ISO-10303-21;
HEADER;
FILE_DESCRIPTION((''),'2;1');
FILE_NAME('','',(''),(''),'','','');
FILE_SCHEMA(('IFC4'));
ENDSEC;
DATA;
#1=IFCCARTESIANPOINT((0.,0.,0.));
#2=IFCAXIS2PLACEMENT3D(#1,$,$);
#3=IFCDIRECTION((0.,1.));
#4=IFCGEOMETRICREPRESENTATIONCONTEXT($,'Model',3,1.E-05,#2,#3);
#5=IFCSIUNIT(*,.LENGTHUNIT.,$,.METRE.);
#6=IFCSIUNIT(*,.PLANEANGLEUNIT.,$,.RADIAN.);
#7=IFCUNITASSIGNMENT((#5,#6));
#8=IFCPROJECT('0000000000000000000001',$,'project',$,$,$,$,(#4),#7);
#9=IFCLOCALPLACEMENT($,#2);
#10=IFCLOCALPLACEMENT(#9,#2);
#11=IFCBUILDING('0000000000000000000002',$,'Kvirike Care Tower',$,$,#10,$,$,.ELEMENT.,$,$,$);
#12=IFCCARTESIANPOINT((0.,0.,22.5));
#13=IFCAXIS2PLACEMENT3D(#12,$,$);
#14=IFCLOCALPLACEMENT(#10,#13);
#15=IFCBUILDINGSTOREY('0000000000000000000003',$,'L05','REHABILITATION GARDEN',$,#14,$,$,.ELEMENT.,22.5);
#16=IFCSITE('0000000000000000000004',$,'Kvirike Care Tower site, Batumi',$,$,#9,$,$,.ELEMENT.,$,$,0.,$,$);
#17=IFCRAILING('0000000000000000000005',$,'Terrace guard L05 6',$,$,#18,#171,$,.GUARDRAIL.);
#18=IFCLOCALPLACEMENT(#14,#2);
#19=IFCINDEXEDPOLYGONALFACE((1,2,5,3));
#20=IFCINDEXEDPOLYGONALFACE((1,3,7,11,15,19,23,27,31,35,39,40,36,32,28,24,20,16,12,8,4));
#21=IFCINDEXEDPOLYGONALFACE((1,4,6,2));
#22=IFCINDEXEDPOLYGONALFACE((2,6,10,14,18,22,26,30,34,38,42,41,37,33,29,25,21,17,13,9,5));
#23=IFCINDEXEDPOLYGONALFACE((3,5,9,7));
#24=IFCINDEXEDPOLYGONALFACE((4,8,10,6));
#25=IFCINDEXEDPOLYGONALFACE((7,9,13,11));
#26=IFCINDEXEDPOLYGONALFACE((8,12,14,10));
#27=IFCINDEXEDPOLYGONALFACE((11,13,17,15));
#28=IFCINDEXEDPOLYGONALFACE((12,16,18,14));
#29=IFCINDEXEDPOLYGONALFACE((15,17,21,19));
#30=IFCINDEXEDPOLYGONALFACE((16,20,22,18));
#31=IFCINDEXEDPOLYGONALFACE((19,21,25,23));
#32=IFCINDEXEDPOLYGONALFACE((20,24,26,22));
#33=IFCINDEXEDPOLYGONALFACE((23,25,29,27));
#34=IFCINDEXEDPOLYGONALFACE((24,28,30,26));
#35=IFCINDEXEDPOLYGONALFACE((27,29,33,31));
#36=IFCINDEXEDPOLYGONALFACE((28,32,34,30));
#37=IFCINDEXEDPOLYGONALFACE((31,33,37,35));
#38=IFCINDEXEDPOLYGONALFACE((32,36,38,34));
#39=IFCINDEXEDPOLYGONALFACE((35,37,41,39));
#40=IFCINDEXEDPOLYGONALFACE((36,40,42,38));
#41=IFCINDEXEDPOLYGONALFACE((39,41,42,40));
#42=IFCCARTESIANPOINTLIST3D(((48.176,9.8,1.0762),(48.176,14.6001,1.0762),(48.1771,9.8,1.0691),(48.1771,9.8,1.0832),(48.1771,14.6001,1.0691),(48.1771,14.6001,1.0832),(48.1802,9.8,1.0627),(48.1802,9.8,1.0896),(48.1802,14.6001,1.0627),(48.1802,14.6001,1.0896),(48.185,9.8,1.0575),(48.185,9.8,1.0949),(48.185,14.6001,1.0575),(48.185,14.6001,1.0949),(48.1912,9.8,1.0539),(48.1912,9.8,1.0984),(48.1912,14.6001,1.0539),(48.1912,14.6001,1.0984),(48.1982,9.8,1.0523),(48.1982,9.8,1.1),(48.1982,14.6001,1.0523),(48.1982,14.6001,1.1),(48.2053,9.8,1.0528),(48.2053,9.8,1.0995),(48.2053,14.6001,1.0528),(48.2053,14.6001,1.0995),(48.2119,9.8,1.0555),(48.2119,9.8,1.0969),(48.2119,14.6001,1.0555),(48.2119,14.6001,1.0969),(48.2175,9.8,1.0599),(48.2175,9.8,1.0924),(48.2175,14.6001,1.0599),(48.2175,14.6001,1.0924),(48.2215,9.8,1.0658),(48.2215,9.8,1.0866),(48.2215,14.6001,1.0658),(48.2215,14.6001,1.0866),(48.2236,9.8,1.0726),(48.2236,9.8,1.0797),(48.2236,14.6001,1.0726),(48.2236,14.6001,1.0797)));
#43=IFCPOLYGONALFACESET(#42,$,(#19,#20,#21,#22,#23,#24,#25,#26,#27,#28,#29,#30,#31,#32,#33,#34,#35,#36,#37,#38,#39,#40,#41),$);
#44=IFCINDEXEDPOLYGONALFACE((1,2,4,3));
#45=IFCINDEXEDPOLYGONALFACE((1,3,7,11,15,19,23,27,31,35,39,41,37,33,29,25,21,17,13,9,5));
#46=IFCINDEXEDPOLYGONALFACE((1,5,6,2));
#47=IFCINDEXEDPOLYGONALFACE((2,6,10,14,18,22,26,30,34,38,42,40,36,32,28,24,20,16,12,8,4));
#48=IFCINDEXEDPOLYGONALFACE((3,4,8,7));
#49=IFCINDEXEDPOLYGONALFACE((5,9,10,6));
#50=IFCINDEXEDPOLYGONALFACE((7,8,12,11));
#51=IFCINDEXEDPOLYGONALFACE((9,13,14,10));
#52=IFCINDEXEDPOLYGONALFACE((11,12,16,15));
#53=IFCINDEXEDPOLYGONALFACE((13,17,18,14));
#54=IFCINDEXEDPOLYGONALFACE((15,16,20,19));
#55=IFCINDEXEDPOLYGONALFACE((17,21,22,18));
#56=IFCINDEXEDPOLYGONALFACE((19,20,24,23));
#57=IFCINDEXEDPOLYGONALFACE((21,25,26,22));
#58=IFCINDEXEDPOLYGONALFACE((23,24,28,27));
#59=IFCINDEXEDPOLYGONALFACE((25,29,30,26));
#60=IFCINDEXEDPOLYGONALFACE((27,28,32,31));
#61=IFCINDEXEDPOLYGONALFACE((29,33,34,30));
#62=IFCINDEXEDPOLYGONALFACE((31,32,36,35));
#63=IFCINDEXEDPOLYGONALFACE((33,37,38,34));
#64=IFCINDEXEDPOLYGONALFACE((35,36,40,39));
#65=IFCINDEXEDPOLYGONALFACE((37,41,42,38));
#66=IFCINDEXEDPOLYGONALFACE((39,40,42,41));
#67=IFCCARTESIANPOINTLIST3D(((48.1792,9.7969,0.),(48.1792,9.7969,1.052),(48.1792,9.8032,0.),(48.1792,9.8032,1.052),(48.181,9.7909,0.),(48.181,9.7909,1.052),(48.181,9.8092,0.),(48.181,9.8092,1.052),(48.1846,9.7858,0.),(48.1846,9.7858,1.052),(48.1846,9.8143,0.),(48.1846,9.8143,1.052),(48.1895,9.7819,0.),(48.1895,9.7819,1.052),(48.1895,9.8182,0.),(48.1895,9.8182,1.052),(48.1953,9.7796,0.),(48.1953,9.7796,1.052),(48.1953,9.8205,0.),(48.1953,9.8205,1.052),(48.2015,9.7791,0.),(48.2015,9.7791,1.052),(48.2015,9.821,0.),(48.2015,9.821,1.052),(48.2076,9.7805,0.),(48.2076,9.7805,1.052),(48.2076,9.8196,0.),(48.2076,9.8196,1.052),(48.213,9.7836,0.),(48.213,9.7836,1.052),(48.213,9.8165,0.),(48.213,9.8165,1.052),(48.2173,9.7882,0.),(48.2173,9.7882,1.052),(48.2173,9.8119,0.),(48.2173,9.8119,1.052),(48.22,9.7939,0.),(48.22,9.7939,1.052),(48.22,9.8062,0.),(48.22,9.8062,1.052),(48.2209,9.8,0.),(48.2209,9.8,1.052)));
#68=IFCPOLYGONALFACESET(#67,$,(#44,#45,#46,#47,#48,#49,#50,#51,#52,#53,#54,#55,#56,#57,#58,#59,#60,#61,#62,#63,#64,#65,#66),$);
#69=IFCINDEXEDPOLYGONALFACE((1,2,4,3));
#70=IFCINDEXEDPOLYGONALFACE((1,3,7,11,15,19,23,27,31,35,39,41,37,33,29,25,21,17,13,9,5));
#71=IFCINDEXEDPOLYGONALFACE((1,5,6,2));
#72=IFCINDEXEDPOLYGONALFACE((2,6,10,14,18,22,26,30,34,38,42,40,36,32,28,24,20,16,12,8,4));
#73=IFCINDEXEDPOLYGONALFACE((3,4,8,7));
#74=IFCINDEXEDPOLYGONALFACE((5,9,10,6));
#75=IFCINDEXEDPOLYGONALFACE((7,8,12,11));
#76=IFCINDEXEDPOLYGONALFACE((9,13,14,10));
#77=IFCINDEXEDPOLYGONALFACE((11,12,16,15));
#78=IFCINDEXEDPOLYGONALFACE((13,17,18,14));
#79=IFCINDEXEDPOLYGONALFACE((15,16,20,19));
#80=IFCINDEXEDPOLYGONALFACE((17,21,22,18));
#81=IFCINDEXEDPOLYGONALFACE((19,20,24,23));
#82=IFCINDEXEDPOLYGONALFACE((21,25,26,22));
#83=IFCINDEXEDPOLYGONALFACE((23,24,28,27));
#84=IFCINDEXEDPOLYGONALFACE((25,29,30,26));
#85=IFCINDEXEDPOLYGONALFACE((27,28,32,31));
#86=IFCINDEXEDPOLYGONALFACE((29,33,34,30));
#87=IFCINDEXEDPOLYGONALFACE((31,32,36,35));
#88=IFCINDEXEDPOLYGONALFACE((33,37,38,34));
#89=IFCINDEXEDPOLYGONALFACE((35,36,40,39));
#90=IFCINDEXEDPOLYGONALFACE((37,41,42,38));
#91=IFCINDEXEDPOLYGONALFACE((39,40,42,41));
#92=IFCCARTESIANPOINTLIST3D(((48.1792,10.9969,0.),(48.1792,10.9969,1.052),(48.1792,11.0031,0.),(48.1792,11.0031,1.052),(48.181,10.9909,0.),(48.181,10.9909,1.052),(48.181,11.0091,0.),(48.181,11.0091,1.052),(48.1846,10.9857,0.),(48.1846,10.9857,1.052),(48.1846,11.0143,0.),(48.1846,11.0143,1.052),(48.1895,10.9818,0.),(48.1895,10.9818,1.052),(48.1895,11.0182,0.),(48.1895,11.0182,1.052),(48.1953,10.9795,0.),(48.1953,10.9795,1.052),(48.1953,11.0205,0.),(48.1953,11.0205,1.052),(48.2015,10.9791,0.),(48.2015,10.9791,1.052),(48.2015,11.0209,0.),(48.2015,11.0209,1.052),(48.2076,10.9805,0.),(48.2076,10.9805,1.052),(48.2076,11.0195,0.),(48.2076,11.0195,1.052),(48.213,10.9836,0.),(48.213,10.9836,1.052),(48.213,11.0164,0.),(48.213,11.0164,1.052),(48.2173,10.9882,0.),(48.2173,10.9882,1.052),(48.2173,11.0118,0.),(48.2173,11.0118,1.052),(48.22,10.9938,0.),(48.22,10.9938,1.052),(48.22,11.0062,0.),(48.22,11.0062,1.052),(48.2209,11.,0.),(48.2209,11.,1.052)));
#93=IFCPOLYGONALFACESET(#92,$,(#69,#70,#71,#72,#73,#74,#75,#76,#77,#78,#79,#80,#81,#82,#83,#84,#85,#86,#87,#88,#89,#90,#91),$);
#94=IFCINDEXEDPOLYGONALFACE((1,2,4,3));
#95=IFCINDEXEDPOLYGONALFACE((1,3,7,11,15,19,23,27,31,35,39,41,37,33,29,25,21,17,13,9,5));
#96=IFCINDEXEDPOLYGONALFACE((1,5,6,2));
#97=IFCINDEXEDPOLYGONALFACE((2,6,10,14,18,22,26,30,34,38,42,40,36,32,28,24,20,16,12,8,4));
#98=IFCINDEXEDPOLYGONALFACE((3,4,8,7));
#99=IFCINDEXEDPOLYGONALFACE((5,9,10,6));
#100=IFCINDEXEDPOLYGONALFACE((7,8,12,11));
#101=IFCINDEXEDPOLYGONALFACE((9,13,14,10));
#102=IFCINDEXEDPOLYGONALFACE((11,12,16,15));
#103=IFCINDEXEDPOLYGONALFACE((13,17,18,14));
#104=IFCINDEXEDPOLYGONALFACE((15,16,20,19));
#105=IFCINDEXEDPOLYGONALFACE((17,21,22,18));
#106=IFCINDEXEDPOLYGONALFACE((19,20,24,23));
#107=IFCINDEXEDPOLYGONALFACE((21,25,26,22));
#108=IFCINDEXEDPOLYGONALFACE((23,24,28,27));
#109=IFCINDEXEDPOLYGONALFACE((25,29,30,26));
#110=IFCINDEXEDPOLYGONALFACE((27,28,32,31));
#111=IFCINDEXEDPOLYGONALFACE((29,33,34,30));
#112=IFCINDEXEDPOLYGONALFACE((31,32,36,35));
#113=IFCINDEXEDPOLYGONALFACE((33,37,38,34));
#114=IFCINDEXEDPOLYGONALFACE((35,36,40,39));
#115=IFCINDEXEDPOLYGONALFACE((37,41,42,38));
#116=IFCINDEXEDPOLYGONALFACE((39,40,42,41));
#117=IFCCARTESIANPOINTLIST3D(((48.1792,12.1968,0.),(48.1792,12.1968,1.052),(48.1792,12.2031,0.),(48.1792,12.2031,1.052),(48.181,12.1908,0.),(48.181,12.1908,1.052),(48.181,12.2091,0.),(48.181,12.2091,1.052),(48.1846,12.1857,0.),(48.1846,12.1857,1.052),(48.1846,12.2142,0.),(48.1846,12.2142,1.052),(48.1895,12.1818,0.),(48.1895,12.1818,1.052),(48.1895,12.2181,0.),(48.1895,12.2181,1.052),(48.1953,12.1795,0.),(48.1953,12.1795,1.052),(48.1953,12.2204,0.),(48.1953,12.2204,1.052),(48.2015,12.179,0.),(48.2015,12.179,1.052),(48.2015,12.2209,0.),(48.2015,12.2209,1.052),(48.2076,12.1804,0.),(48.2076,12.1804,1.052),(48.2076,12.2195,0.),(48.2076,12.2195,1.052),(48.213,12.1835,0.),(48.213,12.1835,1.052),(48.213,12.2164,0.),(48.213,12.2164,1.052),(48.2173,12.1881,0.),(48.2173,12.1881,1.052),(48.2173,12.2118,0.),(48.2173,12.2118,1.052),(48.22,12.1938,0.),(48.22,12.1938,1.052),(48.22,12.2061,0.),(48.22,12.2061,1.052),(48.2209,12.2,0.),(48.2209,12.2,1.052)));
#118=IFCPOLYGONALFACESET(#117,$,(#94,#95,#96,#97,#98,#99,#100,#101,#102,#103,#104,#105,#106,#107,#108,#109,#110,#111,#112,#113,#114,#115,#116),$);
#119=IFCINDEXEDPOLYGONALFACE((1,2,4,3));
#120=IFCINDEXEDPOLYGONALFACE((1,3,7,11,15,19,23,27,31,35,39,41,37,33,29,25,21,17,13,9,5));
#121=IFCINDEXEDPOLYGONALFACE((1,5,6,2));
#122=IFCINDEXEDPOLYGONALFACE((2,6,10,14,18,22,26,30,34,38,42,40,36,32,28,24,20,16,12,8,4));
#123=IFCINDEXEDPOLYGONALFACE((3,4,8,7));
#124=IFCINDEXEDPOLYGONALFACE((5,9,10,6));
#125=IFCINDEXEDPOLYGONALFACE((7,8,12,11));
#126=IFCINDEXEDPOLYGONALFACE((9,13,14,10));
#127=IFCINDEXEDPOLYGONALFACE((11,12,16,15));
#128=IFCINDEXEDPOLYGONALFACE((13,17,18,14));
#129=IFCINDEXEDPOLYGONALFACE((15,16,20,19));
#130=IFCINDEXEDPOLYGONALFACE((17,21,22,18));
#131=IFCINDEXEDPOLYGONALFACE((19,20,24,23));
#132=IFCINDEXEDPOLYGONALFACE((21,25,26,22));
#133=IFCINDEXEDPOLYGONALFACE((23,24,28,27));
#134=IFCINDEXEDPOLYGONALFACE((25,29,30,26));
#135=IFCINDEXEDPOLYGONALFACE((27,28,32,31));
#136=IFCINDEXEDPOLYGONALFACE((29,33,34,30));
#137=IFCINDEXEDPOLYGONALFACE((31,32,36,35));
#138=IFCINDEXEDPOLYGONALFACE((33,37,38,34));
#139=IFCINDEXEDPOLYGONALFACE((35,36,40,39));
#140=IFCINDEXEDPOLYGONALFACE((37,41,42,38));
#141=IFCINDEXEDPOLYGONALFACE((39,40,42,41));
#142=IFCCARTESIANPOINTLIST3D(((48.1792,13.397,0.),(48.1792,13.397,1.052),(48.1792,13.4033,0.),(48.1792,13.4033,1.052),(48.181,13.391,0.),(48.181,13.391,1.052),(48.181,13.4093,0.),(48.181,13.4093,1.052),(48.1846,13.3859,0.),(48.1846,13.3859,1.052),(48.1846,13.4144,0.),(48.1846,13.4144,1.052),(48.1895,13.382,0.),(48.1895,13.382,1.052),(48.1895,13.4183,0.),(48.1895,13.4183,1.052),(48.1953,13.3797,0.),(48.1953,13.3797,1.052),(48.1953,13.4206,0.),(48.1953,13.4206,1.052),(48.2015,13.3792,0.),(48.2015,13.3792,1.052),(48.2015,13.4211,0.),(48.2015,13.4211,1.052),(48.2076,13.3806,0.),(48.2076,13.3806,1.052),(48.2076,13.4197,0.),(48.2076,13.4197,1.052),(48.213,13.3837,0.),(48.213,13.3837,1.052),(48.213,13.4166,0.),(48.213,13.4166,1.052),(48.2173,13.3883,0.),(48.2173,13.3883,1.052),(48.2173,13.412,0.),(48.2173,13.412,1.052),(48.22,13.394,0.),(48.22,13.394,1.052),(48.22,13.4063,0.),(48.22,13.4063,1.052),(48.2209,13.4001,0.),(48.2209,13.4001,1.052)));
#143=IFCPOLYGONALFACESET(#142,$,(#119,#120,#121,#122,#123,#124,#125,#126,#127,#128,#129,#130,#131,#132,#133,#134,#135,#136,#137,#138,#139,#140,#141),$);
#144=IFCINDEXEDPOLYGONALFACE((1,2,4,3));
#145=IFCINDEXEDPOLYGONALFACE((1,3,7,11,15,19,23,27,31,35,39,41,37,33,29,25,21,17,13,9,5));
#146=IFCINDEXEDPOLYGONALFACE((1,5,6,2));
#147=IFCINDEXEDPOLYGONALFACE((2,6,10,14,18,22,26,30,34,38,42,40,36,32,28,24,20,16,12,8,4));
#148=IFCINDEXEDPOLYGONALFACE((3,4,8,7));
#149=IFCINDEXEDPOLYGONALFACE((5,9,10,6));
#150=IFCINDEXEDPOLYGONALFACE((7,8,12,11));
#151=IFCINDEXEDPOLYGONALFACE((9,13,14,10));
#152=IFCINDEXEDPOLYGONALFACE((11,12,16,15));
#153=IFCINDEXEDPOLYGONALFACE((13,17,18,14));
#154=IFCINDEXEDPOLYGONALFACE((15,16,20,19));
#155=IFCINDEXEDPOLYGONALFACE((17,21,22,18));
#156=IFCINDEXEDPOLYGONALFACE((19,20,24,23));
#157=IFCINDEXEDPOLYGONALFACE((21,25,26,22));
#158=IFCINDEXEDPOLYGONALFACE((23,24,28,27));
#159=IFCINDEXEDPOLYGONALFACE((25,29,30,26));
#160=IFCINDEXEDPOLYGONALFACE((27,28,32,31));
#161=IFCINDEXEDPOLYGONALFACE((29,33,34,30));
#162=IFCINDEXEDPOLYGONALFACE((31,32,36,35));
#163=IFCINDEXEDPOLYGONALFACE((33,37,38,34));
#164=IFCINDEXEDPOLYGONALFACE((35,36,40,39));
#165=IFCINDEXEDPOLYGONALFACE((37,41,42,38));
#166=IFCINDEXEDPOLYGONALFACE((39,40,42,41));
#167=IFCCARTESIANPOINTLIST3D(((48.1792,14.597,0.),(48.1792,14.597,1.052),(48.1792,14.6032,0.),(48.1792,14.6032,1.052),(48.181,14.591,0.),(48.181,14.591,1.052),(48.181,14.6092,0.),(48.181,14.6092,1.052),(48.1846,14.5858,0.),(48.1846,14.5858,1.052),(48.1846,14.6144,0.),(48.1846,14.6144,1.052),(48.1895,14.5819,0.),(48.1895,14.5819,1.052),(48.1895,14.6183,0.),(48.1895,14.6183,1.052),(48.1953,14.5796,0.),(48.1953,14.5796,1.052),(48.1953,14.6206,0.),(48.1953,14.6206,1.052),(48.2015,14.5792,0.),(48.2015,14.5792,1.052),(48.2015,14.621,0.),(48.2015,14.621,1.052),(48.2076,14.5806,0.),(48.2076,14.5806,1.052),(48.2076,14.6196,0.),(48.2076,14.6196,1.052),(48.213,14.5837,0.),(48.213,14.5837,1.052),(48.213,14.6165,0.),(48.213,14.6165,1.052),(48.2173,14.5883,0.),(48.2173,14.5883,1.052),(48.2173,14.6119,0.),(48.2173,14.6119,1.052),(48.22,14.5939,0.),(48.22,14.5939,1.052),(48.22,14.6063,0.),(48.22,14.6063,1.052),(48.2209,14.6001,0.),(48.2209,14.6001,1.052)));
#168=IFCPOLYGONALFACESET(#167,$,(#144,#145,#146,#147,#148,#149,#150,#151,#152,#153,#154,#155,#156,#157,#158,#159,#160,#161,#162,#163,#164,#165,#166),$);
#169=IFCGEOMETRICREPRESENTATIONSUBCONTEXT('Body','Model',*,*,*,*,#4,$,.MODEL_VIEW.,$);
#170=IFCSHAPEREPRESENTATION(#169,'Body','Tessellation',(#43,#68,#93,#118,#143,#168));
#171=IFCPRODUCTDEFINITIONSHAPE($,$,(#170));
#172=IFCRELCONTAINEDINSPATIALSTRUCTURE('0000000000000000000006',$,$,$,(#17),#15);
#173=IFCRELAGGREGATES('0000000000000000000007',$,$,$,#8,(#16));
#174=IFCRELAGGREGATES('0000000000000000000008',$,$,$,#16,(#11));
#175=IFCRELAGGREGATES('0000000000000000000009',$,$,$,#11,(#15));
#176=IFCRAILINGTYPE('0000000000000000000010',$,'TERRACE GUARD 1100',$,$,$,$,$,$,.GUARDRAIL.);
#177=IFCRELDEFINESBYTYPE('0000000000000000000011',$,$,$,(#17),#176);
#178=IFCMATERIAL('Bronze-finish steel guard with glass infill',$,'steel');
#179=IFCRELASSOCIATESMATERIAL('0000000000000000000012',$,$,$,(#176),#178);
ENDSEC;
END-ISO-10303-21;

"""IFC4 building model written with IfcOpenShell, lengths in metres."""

from ifc_helpers import new_model, si_unit, direction, frame, origin, origin_2d, place, context, subcontext, project, spatial, circle, extrude, material, type_object, element, save


model = new_model("IFC4")

# Units and contexts
model_context = context("Model", 3, precision=1e-05, world=origin(), true_north=direction((0.0, 1.0)))
body_context = subcontext(model_context, "Body", "Model", "MODEL_VIEW")
ifc_project = project(units=[si_unit("LENGTHUNIT", "METRE"), si_unit("PLANEANGLEUNIT", "RADIAN")], contexts=[model_context])

# Site, building, storey
site_placement = place(None, origin())
site = spatial("IfcSite", under=ifc_project, at=site_placement, Name="Kvirike Care Tower site, Batumi", CompositionType="ELEMENT", RefElevation=0.0)
building_placement = place(site_placement, origin())
building = spatial("IfcBuilding", under=site, at=building_placement, Name="Kvirike Care Tower", CompositionType="ELEMENT")
storey_placement = place(building_placement, frame((0.0, 0.0, 22.5)))
storey = spatial("IfcBuildingStorey", under=building, at=storey_placement, Name="L05", Description="REHABILITATION GARDEN", CompositionType="ELEMENT", Elevation=22.5)

# Railing
ifc_material_1 = material(Name="Bronze-finish steel guard with glass infill", Category="steel")
railing_type = type_object("IfcRailingType", Name="TERRACE GUARD 1100", PredefinedType="GUARDRAIL", material=ifc_material_1)
railing_1_placement = place(storey_placement, frame((48.2, 9.8, 0.0)))
element("IfcRailing", 1, at=railing_1_placement, inside=storey, type_object=railing_type, Name="Terrace guard L05 6", PredefinedType="GUARDRAIL", context=body_context, shape_type="SweptSolid", body=[
    extrude(circle(Radius=0.0239, at=origin_2d()), frame((0.0, 0.0, 1.0762), z_axis=(0.0, 1.0, 0.0), x_axis=(-1.0, 0.0, 0.0)), (0.0, 0.0, 1.0), 4.8),
    extrude(circle(Radius=0.021, at=origin_2d()), origin(), (0.0, 0.0, 1.0), 1.052),
    extrude(circle(Radius=0.021, at=origin_2d()), frame((0.0, 1.2, 0.0)), (0.0, 0.0, 1.0), 1.052),
    extrude(circle(Radius=0.021, at=origin_2d()), frame((0.0, 2.3999, 0.0)), (0.0, 0.0, 1.0), 1.052),
    extrude(circle(Radius=0.021, at=origin_2d()), frame((0.0, 3.6001, 0.0)), (0.0, 0.0, 1.0), 1.052),
    extrude(circle(Radius=0.021, at=origin_2d()), frame((0.0, 4.8, 0.0)), (0.0, 0.0, 1.0), 1.052),
])

save(model, "model.ifc")
